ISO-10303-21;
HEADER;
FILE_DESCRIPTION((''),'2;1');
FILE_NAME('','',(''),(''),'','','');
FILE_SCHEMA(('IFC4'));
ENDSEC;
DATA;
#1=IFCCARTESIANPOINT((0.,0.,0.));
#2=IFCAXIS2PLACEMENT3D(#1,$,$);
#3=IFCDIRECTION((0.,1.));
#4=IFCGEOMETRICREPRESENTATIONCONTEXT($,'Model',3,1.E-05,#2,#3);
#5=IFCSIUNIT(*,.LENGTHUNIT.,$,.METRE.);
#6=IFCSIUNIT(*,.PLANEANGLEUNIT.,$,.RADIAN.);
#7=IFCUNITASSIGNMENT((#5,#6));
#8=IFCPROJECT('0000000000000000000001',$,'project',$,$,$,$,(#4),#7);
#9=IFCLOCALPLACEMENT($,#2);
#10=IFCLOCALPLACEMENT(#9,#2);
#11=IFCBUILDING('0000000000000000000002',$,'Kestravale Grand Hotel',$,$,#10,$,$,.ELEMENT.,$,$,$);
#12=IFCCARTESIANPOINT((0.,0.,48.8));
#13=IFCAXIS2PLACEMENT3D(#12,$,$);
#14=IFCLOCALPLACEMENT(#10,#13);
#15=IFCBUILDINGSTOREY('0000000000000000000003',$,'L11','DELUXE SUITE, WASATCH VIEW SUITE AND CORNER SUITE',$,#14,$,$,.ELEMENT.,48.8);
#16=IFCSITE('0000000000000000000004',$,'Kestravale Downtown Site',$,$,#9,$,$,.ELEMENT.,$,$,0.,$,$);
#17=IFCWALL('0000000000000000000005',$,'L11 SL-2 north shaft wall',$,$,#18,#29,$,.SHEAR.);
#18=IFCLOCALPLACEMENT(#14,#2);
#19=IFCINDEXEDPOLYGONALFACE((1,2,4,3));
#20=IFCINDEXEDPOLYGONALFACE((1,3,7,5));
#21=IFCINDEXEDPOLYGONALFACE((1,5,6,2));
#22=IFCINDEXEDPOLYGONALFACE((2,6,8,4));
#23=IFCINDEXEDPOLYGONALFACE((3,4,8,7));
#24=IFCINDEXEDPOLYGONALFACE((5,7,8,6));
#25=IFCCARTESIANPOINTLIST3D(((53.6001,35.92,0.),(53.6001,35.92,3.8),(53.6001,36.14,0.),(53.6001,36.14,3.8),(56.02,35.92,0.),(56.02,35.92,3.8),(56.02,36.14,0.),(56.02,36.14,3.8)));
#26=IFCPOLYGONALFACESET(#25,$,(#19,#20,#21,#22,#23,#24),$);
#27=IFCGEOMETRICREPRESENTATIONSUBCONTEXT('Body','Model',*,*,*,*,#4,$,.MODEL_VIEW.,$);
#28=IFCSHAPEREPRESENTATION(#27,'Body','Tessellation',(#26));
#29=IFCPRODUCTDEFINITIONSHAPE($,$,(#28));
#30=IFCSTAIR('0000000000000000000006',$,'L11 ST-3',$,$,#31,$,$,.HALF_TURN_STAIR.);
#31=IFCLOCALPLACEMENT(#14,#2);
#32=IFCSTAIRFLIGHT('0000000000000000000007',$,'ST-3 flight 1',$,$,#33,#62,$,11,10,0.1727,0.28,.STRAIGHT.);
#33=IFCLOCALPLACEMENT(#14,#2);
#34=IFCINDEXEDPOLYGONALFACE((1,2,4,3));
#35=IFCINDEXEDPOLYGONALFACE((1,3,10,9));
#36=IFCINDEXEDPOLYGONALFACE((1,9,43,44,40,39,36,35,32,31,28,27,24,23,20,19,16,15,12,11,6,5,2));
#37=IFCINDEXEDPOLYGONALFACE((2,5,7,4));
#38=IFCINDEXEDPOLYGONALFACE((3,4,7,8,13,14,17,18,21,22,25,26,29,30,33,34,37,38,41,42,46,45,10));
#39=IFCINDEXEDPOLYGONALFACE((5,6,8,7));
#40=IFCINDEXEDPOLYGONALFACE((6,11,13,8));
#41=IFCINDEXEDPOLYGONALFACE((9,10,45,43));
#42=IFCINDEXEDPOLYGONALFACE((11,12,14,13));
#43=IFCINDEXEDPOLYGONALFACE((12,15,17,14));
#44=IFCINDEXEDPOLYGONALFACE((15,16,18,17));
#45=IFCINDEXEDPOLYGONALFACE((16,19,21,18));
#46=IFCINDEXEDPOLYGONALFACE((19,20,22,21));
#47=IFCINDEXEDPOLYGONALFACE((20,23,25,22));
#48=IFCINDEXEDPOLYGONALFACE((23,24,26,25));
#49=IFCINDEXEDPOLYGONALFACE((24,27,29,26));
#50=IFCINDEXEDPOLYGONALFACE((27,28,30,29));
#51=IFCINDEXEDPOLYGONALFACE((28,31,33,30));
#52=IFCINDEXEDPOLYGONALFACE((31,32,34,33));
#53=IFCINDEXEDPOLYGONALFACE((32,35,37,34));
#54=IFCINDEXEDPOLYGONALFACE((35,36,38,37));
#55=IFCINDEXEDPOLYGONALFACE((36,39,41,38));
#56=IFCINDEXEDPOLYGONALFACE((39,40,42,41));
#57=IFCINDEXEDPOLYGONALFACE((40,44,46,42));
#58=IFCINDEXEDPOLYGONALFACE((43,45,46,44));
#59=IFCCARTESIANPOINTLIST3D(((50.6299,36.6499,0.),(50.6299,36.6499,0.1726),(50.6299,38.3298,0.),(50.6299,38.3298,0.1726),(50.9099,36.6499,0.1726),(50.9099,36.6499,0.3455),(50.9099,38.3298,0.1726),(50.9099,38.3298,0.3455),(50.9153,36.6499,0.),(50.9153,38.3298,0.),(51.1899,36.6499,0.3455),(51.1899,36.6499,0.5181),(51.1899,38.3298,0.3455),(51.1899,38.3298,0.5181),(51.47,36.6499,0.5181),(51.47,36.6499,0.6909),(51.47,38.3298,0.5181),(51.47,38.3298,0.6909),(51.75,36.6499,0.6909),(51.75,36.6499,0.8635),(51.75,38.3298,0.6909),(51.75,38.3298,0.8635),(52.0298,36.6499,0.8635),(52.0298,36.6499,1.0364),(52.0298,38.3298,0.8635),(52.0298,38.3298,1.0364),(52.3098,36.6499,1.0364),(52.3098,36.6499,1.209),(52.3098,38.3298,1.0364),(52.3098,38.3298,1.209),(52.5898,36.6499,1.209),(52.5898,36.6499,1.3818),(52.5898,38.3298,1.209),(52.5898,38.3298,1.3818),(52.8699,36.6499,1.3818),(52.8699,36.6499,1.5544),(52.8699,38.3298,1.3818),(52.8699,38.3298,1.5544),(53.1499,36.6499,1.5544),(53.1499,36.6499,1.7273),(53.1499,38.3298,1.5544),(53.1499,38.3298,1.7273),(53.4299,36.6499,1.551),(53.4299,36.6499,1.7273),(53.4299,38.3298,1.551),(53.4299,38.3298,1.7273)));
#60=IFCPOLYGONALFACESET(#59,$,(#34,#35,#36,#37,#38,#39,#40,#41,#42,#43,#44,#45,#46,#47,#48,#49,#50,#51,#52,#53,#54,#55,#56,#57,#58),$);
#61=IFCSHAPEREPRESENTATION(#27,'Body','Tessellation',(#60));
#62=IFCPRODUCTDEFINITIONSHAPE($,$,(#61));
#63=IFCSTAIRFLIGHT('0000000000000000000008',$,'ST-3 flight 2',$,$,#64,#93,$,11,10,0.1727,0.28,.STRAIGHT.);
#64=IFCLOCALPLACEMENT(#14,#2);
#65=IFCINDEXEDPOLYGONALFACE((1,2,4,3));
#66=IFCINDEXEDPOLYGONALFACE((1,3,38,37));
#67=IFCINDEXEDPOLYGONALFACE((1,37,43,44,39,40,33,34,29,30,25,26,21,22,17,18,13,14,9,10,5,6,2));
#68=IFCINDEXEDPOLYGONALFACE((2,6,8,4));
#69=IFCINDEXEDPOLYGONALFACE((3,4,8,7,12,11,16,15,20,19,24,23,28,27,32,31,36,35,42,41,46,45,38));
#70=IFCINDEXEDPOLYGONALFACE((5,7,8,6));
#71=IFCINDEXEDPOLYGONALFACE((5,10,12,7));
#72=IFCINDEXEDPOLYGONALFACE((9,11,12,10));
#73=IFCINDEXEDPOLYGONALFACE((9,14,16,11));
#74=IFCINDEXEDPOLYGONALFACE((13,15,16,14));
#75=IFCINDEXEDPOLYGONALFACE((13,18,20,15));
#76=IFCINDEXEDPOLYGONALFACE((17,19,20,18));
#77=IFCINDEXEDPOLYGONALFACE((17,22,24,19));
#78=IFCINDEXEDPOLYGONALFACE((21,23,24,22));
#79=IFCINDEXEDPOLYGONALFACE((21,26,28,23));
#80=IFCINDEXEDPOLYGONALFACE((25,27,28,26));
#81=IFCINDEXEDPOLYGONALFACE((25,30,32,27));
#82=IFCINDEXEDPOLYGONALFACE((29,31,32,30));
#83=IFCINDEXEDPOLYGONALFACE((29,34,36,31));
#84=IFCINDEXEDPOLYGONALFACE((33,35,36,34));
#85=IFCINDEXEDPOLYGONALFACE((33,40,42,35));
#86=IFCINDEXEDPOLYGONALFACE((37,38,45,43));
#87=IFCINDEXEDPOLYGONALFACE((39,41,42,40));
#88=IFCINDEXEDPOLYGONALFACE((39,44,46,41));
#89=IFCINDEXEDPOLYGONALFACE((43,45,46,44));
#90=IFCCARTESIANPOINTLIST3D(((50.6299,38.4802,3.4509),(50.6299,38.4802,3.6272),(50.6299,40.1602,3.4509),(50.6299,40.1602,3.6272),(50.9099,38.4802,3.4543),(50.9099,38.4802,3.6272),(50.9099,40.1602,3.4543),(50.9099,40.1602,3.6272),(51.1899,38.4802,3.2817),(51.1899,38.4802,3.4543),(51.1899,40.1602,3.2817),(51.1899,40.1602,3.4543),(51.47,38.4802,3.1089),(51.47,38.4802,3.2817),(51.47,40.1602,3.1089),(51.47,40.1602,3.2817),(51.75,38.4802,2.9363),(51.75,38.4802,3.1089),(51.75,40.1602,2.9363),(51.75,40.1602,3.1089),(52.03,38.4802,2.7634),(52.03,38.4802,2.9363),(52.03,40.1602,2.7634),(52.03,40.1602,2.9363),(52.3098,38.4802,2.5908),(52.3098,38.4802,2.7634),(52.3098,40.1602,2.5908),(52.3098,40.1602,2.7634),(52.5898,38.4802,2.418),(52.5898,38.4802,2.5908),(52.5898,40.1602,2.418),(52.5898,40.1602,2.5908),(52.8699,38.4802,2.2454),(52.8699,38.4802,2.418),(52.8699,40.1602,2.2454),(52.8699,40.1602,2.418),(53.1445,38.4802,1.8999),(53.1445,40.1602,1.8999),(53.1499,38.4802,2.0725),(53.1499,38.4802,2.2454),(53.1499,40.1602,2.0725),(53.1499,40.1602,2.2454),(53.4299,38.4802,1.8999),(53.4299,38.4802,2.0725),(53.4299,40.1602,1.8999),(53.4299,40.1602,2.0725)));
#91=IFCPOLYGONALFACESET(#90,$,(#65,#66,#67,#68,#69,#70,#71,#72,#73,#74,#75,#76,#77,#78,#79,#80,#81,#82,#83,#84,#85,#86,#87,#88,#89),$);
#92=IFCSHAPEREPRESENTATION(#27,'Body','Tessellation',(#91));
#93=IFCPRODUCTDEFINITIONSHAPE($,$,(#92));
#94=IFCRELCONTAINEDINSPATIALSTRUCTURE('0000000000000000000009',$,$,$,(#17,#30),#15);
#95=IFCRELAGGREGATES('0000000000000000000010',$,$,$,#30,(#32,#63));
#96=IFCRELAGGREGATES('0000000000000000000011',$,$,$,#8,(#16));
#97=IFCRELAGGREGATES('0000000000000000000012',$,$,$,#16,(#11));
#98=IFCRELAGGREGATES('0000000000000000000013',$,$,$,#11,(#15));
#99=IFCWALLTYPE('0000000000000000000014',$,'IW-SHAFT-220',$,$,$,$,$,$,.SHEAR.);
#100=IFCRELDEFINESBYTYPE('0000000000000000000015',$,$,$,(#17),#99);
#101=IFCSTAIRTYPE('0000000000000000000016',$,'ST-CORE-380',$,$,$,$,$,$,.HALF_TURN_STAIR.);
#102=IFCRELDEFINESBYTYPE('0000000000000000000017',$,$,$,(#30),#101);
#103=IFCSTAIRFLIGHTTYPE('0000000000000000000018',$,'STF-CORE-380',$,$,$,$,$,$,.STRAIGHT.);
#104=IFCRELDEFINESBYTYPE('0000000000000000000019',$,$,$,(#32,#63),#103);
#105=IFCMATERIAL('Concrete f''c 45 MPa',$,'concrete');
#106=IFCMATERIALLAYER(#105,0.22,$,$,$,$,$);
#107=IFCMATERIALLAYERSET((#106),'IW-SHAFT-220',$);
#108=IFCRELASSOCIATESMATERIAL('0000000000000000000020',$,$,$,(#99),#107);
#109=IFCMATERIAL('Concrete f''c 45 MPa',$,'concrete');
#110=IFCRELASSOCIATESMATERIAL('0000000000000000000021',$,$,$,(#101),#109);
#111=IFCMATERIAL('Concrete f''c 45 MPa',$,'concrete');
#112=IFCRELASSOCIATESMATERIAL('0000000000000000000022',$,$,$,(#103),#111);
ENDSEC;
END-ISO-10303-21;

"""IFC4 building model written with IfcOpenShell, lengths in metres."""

from ifc_helpers import new_model, si_unit, direction, frame, frame_2d, origin, place, context, subcontext, project, spatial, polyline, rectangle, outline, extrude, material, layer, layer_set, type_object, element, aggregate, save


model = new_model("IFC4")

# Units and contexts
model_context = context("Model", 3, precision=1e-05, world=origin(), true_north=direction((0.0, 1.0)))
body_context = subcontext(model_context, "Body", "Model", "MODEL_VIEW")
ifc_project = project(units=[si_unit("LENGTHUNIT", "METRE"), si_unit("PLANEANGLEUNIT", "RADIAN")], contexts=[model_context])

# Site, building, storey
site_placement = place(None, origin())
site = spatial("IfcSite", under=ifc_project, at=site_placement, Name="Kestravale Downtown Site", CompositionType="ELEMENT", RefElevation=0.0)
building_placement = place(site_placement, origin())
building = spatial("IfcBuilding", under=site, at=building_placement, Name="Kestravale Grand Hotel", CompositionType="ELEMENT")
storey_placement = place(building_placement, frame((0.0, 0.0, 48.8)))
storey = spatial("IfcBuildingStorey", under=building, at=storey_placement, Name="L11", Description="DELUXE SUITE, WASATCH VIEW SUITE AND CORNER SUITE", CompositionType="ELEMENT", Elevation=48.8)

# Shared definitions
ifc_material_1 = material(Name="Concrete f'c 45 MPa", Category="concrete")
ifc_layer_1 = layer(ifc_material_1, 0.22)
ifc_layer_set_1 = layer_set([ifc_layer_1], Name="IW-SHAFT-220")
wall_type_1 = type_object("IfcWallType", Name="IW-SHAFT-220", PredefinedType="SHEAR", material=ifc_layer_set_1)

# Wall
wall_1_placement = place(storey_placement, frame((53.6001, 36.03, 0.0), z_axis=(0.0, 0.0, 1.0), x_axis=(1.0, 0.0, 0.0)))
element("IfcWall", 1, at=wall_1_placement, inside=storey, type_object=wall_type_1, Name="L11 SL-2 north shaft wall", PredefinedType="SHEAR", context=body_context, shape_type="SweptSolid", body=[
    extrude(rectangle(XDim=2.4199, YDim=0.22, at=frame_2d((1.21, 0.0))), origin(), (0.0, 0.0, 1.0), 3.8),
])

# Stair, stair flights
ifc_material_2 = material(Name="Concrete f'c 45 MPa", Category="concrete")
stair_type = type_object("IfcStairType", Name="ST-CORE-380", PredefinedType="HALF_TURN_STAIR", material=ifc_material_2)
stair_placement = place(storey_placement, origin())
stair = element("IfcStair", 2, at=stair_placement, inside=storey, type_object=stair_type, Name="L11 ST-3", PredefinedType="HALF_TURN_STAIR")
ifc_material_3 = material(Name="Concrete f'c 45 MPa", Category="concrete")
stair_flight_type = type_object("IfcStairFlightType", Name="STF-CORE-380", PredefinedType="STRAIGHT", material=ifc_material_3)
stair_flight_1_placement = place(storey_placement, frame((50.6299, 37.49, 0.0), z_axis=(0.0, 0.0, 1.0), x_axis=(1.0, 0.0, 0.0)))
stair_flight_1 = element("IfcStairFlight", 3, at=stair_flight_1_placement, type_object=stair_flight_type, Name="ST-3 flight 1", NumberOfRisers=11, NumberOfTreads=10, PredefinedType="STRAIGHT", RiserHeight=0.1727, TreadLength=0.28, context=body_context, shape_type="SweptSolid", body=[
    extrude(outline(polyline([(0.0, 0.0), (0.0, 0.1726), (0.28, 0.1726), (0.28, 0.3455), (0.5601, 0.3455), (0.5601, 0.5181), (0.8401, 0.5181), (0.8401, 0.6909), (1.1201, 0.6909), (1.1201, 0.8635), (1.3999, 0.8635), (1.3999, 1.0364), (1.6799, 1.0364), (1.6799, 1.209), (1.96, 1.209), (1.96, 1.3818), (2.24, 1.3818), (2.24, 1.5544), (2.52, 1.5544), (2.52, 1.7273), (2.8, 1.7273), (2.8, 1.8999), (2.8, 1.551), (0.2854, 0.0), (0.0, 0.0)])), frame((0.0, 0.8398, 0.0), z_axis=(0.0, -1.0, 0.0), x_axis=(1.0, 0.0, 0.0)), (0.0, 0.0, 1.0), 1.6799),
])
stair_flight_2_placement = place(storey_placement, frame((53.4299, 39.3201, 1.8999), z_axis=(0.0, 0.0, 1.0), x_axis=(-1.0, 0.0, 0.0)))
stair_flight_2 = element("IfcStairFlight", 4, at=stair_flight_2_placement, type_object=stair_flight_type, Name="ST-3 flight 2", NumberOfRisers=11, NumberOfTreads=10, PredefinedType="STRAIGHT", RiserHeight=0.1727, TreadLength=0.28, context=body_context, shape_type="SweptSolid", body=[
    extrude(outline(polyline([(0.0, 0.0), (0.0, 0.1726), (0.28, 0.1726), (0.28, 0.3455), (0.5601, 0.3455), (0.5601, 0.5181), (0.8401, 0.5181), (0.8401, 0.6909), (1.1201, 0.6909), (1.1201, 0.8635), (1.3999, 0.8635), (1.3999, 1.0364), (1.6799, 1.0364), (1.6799, 1.209), (1.96, 1.209), (1.96, 1.3818), (2.24, 1.3818), (2.24, 1.5544), (2.52, 1.5544), (2.52, 1.7273), (2.8, 1.7273), (2.8, 1.8999), (2.8, 1.551), (0.2854, 0.0), (0.0, 0.0)])), frame((0.0, 0.8398, 0.0), z_axis=(0.0, -1.0, 0.0), x_axis=(1.0, 0.0, 0.0)), (0.0, 0.0, 1.0), 1.6799),
])
aggregate(stair, [stair_flight_1, stair_flight_2])

save(model, "model.ifc")
